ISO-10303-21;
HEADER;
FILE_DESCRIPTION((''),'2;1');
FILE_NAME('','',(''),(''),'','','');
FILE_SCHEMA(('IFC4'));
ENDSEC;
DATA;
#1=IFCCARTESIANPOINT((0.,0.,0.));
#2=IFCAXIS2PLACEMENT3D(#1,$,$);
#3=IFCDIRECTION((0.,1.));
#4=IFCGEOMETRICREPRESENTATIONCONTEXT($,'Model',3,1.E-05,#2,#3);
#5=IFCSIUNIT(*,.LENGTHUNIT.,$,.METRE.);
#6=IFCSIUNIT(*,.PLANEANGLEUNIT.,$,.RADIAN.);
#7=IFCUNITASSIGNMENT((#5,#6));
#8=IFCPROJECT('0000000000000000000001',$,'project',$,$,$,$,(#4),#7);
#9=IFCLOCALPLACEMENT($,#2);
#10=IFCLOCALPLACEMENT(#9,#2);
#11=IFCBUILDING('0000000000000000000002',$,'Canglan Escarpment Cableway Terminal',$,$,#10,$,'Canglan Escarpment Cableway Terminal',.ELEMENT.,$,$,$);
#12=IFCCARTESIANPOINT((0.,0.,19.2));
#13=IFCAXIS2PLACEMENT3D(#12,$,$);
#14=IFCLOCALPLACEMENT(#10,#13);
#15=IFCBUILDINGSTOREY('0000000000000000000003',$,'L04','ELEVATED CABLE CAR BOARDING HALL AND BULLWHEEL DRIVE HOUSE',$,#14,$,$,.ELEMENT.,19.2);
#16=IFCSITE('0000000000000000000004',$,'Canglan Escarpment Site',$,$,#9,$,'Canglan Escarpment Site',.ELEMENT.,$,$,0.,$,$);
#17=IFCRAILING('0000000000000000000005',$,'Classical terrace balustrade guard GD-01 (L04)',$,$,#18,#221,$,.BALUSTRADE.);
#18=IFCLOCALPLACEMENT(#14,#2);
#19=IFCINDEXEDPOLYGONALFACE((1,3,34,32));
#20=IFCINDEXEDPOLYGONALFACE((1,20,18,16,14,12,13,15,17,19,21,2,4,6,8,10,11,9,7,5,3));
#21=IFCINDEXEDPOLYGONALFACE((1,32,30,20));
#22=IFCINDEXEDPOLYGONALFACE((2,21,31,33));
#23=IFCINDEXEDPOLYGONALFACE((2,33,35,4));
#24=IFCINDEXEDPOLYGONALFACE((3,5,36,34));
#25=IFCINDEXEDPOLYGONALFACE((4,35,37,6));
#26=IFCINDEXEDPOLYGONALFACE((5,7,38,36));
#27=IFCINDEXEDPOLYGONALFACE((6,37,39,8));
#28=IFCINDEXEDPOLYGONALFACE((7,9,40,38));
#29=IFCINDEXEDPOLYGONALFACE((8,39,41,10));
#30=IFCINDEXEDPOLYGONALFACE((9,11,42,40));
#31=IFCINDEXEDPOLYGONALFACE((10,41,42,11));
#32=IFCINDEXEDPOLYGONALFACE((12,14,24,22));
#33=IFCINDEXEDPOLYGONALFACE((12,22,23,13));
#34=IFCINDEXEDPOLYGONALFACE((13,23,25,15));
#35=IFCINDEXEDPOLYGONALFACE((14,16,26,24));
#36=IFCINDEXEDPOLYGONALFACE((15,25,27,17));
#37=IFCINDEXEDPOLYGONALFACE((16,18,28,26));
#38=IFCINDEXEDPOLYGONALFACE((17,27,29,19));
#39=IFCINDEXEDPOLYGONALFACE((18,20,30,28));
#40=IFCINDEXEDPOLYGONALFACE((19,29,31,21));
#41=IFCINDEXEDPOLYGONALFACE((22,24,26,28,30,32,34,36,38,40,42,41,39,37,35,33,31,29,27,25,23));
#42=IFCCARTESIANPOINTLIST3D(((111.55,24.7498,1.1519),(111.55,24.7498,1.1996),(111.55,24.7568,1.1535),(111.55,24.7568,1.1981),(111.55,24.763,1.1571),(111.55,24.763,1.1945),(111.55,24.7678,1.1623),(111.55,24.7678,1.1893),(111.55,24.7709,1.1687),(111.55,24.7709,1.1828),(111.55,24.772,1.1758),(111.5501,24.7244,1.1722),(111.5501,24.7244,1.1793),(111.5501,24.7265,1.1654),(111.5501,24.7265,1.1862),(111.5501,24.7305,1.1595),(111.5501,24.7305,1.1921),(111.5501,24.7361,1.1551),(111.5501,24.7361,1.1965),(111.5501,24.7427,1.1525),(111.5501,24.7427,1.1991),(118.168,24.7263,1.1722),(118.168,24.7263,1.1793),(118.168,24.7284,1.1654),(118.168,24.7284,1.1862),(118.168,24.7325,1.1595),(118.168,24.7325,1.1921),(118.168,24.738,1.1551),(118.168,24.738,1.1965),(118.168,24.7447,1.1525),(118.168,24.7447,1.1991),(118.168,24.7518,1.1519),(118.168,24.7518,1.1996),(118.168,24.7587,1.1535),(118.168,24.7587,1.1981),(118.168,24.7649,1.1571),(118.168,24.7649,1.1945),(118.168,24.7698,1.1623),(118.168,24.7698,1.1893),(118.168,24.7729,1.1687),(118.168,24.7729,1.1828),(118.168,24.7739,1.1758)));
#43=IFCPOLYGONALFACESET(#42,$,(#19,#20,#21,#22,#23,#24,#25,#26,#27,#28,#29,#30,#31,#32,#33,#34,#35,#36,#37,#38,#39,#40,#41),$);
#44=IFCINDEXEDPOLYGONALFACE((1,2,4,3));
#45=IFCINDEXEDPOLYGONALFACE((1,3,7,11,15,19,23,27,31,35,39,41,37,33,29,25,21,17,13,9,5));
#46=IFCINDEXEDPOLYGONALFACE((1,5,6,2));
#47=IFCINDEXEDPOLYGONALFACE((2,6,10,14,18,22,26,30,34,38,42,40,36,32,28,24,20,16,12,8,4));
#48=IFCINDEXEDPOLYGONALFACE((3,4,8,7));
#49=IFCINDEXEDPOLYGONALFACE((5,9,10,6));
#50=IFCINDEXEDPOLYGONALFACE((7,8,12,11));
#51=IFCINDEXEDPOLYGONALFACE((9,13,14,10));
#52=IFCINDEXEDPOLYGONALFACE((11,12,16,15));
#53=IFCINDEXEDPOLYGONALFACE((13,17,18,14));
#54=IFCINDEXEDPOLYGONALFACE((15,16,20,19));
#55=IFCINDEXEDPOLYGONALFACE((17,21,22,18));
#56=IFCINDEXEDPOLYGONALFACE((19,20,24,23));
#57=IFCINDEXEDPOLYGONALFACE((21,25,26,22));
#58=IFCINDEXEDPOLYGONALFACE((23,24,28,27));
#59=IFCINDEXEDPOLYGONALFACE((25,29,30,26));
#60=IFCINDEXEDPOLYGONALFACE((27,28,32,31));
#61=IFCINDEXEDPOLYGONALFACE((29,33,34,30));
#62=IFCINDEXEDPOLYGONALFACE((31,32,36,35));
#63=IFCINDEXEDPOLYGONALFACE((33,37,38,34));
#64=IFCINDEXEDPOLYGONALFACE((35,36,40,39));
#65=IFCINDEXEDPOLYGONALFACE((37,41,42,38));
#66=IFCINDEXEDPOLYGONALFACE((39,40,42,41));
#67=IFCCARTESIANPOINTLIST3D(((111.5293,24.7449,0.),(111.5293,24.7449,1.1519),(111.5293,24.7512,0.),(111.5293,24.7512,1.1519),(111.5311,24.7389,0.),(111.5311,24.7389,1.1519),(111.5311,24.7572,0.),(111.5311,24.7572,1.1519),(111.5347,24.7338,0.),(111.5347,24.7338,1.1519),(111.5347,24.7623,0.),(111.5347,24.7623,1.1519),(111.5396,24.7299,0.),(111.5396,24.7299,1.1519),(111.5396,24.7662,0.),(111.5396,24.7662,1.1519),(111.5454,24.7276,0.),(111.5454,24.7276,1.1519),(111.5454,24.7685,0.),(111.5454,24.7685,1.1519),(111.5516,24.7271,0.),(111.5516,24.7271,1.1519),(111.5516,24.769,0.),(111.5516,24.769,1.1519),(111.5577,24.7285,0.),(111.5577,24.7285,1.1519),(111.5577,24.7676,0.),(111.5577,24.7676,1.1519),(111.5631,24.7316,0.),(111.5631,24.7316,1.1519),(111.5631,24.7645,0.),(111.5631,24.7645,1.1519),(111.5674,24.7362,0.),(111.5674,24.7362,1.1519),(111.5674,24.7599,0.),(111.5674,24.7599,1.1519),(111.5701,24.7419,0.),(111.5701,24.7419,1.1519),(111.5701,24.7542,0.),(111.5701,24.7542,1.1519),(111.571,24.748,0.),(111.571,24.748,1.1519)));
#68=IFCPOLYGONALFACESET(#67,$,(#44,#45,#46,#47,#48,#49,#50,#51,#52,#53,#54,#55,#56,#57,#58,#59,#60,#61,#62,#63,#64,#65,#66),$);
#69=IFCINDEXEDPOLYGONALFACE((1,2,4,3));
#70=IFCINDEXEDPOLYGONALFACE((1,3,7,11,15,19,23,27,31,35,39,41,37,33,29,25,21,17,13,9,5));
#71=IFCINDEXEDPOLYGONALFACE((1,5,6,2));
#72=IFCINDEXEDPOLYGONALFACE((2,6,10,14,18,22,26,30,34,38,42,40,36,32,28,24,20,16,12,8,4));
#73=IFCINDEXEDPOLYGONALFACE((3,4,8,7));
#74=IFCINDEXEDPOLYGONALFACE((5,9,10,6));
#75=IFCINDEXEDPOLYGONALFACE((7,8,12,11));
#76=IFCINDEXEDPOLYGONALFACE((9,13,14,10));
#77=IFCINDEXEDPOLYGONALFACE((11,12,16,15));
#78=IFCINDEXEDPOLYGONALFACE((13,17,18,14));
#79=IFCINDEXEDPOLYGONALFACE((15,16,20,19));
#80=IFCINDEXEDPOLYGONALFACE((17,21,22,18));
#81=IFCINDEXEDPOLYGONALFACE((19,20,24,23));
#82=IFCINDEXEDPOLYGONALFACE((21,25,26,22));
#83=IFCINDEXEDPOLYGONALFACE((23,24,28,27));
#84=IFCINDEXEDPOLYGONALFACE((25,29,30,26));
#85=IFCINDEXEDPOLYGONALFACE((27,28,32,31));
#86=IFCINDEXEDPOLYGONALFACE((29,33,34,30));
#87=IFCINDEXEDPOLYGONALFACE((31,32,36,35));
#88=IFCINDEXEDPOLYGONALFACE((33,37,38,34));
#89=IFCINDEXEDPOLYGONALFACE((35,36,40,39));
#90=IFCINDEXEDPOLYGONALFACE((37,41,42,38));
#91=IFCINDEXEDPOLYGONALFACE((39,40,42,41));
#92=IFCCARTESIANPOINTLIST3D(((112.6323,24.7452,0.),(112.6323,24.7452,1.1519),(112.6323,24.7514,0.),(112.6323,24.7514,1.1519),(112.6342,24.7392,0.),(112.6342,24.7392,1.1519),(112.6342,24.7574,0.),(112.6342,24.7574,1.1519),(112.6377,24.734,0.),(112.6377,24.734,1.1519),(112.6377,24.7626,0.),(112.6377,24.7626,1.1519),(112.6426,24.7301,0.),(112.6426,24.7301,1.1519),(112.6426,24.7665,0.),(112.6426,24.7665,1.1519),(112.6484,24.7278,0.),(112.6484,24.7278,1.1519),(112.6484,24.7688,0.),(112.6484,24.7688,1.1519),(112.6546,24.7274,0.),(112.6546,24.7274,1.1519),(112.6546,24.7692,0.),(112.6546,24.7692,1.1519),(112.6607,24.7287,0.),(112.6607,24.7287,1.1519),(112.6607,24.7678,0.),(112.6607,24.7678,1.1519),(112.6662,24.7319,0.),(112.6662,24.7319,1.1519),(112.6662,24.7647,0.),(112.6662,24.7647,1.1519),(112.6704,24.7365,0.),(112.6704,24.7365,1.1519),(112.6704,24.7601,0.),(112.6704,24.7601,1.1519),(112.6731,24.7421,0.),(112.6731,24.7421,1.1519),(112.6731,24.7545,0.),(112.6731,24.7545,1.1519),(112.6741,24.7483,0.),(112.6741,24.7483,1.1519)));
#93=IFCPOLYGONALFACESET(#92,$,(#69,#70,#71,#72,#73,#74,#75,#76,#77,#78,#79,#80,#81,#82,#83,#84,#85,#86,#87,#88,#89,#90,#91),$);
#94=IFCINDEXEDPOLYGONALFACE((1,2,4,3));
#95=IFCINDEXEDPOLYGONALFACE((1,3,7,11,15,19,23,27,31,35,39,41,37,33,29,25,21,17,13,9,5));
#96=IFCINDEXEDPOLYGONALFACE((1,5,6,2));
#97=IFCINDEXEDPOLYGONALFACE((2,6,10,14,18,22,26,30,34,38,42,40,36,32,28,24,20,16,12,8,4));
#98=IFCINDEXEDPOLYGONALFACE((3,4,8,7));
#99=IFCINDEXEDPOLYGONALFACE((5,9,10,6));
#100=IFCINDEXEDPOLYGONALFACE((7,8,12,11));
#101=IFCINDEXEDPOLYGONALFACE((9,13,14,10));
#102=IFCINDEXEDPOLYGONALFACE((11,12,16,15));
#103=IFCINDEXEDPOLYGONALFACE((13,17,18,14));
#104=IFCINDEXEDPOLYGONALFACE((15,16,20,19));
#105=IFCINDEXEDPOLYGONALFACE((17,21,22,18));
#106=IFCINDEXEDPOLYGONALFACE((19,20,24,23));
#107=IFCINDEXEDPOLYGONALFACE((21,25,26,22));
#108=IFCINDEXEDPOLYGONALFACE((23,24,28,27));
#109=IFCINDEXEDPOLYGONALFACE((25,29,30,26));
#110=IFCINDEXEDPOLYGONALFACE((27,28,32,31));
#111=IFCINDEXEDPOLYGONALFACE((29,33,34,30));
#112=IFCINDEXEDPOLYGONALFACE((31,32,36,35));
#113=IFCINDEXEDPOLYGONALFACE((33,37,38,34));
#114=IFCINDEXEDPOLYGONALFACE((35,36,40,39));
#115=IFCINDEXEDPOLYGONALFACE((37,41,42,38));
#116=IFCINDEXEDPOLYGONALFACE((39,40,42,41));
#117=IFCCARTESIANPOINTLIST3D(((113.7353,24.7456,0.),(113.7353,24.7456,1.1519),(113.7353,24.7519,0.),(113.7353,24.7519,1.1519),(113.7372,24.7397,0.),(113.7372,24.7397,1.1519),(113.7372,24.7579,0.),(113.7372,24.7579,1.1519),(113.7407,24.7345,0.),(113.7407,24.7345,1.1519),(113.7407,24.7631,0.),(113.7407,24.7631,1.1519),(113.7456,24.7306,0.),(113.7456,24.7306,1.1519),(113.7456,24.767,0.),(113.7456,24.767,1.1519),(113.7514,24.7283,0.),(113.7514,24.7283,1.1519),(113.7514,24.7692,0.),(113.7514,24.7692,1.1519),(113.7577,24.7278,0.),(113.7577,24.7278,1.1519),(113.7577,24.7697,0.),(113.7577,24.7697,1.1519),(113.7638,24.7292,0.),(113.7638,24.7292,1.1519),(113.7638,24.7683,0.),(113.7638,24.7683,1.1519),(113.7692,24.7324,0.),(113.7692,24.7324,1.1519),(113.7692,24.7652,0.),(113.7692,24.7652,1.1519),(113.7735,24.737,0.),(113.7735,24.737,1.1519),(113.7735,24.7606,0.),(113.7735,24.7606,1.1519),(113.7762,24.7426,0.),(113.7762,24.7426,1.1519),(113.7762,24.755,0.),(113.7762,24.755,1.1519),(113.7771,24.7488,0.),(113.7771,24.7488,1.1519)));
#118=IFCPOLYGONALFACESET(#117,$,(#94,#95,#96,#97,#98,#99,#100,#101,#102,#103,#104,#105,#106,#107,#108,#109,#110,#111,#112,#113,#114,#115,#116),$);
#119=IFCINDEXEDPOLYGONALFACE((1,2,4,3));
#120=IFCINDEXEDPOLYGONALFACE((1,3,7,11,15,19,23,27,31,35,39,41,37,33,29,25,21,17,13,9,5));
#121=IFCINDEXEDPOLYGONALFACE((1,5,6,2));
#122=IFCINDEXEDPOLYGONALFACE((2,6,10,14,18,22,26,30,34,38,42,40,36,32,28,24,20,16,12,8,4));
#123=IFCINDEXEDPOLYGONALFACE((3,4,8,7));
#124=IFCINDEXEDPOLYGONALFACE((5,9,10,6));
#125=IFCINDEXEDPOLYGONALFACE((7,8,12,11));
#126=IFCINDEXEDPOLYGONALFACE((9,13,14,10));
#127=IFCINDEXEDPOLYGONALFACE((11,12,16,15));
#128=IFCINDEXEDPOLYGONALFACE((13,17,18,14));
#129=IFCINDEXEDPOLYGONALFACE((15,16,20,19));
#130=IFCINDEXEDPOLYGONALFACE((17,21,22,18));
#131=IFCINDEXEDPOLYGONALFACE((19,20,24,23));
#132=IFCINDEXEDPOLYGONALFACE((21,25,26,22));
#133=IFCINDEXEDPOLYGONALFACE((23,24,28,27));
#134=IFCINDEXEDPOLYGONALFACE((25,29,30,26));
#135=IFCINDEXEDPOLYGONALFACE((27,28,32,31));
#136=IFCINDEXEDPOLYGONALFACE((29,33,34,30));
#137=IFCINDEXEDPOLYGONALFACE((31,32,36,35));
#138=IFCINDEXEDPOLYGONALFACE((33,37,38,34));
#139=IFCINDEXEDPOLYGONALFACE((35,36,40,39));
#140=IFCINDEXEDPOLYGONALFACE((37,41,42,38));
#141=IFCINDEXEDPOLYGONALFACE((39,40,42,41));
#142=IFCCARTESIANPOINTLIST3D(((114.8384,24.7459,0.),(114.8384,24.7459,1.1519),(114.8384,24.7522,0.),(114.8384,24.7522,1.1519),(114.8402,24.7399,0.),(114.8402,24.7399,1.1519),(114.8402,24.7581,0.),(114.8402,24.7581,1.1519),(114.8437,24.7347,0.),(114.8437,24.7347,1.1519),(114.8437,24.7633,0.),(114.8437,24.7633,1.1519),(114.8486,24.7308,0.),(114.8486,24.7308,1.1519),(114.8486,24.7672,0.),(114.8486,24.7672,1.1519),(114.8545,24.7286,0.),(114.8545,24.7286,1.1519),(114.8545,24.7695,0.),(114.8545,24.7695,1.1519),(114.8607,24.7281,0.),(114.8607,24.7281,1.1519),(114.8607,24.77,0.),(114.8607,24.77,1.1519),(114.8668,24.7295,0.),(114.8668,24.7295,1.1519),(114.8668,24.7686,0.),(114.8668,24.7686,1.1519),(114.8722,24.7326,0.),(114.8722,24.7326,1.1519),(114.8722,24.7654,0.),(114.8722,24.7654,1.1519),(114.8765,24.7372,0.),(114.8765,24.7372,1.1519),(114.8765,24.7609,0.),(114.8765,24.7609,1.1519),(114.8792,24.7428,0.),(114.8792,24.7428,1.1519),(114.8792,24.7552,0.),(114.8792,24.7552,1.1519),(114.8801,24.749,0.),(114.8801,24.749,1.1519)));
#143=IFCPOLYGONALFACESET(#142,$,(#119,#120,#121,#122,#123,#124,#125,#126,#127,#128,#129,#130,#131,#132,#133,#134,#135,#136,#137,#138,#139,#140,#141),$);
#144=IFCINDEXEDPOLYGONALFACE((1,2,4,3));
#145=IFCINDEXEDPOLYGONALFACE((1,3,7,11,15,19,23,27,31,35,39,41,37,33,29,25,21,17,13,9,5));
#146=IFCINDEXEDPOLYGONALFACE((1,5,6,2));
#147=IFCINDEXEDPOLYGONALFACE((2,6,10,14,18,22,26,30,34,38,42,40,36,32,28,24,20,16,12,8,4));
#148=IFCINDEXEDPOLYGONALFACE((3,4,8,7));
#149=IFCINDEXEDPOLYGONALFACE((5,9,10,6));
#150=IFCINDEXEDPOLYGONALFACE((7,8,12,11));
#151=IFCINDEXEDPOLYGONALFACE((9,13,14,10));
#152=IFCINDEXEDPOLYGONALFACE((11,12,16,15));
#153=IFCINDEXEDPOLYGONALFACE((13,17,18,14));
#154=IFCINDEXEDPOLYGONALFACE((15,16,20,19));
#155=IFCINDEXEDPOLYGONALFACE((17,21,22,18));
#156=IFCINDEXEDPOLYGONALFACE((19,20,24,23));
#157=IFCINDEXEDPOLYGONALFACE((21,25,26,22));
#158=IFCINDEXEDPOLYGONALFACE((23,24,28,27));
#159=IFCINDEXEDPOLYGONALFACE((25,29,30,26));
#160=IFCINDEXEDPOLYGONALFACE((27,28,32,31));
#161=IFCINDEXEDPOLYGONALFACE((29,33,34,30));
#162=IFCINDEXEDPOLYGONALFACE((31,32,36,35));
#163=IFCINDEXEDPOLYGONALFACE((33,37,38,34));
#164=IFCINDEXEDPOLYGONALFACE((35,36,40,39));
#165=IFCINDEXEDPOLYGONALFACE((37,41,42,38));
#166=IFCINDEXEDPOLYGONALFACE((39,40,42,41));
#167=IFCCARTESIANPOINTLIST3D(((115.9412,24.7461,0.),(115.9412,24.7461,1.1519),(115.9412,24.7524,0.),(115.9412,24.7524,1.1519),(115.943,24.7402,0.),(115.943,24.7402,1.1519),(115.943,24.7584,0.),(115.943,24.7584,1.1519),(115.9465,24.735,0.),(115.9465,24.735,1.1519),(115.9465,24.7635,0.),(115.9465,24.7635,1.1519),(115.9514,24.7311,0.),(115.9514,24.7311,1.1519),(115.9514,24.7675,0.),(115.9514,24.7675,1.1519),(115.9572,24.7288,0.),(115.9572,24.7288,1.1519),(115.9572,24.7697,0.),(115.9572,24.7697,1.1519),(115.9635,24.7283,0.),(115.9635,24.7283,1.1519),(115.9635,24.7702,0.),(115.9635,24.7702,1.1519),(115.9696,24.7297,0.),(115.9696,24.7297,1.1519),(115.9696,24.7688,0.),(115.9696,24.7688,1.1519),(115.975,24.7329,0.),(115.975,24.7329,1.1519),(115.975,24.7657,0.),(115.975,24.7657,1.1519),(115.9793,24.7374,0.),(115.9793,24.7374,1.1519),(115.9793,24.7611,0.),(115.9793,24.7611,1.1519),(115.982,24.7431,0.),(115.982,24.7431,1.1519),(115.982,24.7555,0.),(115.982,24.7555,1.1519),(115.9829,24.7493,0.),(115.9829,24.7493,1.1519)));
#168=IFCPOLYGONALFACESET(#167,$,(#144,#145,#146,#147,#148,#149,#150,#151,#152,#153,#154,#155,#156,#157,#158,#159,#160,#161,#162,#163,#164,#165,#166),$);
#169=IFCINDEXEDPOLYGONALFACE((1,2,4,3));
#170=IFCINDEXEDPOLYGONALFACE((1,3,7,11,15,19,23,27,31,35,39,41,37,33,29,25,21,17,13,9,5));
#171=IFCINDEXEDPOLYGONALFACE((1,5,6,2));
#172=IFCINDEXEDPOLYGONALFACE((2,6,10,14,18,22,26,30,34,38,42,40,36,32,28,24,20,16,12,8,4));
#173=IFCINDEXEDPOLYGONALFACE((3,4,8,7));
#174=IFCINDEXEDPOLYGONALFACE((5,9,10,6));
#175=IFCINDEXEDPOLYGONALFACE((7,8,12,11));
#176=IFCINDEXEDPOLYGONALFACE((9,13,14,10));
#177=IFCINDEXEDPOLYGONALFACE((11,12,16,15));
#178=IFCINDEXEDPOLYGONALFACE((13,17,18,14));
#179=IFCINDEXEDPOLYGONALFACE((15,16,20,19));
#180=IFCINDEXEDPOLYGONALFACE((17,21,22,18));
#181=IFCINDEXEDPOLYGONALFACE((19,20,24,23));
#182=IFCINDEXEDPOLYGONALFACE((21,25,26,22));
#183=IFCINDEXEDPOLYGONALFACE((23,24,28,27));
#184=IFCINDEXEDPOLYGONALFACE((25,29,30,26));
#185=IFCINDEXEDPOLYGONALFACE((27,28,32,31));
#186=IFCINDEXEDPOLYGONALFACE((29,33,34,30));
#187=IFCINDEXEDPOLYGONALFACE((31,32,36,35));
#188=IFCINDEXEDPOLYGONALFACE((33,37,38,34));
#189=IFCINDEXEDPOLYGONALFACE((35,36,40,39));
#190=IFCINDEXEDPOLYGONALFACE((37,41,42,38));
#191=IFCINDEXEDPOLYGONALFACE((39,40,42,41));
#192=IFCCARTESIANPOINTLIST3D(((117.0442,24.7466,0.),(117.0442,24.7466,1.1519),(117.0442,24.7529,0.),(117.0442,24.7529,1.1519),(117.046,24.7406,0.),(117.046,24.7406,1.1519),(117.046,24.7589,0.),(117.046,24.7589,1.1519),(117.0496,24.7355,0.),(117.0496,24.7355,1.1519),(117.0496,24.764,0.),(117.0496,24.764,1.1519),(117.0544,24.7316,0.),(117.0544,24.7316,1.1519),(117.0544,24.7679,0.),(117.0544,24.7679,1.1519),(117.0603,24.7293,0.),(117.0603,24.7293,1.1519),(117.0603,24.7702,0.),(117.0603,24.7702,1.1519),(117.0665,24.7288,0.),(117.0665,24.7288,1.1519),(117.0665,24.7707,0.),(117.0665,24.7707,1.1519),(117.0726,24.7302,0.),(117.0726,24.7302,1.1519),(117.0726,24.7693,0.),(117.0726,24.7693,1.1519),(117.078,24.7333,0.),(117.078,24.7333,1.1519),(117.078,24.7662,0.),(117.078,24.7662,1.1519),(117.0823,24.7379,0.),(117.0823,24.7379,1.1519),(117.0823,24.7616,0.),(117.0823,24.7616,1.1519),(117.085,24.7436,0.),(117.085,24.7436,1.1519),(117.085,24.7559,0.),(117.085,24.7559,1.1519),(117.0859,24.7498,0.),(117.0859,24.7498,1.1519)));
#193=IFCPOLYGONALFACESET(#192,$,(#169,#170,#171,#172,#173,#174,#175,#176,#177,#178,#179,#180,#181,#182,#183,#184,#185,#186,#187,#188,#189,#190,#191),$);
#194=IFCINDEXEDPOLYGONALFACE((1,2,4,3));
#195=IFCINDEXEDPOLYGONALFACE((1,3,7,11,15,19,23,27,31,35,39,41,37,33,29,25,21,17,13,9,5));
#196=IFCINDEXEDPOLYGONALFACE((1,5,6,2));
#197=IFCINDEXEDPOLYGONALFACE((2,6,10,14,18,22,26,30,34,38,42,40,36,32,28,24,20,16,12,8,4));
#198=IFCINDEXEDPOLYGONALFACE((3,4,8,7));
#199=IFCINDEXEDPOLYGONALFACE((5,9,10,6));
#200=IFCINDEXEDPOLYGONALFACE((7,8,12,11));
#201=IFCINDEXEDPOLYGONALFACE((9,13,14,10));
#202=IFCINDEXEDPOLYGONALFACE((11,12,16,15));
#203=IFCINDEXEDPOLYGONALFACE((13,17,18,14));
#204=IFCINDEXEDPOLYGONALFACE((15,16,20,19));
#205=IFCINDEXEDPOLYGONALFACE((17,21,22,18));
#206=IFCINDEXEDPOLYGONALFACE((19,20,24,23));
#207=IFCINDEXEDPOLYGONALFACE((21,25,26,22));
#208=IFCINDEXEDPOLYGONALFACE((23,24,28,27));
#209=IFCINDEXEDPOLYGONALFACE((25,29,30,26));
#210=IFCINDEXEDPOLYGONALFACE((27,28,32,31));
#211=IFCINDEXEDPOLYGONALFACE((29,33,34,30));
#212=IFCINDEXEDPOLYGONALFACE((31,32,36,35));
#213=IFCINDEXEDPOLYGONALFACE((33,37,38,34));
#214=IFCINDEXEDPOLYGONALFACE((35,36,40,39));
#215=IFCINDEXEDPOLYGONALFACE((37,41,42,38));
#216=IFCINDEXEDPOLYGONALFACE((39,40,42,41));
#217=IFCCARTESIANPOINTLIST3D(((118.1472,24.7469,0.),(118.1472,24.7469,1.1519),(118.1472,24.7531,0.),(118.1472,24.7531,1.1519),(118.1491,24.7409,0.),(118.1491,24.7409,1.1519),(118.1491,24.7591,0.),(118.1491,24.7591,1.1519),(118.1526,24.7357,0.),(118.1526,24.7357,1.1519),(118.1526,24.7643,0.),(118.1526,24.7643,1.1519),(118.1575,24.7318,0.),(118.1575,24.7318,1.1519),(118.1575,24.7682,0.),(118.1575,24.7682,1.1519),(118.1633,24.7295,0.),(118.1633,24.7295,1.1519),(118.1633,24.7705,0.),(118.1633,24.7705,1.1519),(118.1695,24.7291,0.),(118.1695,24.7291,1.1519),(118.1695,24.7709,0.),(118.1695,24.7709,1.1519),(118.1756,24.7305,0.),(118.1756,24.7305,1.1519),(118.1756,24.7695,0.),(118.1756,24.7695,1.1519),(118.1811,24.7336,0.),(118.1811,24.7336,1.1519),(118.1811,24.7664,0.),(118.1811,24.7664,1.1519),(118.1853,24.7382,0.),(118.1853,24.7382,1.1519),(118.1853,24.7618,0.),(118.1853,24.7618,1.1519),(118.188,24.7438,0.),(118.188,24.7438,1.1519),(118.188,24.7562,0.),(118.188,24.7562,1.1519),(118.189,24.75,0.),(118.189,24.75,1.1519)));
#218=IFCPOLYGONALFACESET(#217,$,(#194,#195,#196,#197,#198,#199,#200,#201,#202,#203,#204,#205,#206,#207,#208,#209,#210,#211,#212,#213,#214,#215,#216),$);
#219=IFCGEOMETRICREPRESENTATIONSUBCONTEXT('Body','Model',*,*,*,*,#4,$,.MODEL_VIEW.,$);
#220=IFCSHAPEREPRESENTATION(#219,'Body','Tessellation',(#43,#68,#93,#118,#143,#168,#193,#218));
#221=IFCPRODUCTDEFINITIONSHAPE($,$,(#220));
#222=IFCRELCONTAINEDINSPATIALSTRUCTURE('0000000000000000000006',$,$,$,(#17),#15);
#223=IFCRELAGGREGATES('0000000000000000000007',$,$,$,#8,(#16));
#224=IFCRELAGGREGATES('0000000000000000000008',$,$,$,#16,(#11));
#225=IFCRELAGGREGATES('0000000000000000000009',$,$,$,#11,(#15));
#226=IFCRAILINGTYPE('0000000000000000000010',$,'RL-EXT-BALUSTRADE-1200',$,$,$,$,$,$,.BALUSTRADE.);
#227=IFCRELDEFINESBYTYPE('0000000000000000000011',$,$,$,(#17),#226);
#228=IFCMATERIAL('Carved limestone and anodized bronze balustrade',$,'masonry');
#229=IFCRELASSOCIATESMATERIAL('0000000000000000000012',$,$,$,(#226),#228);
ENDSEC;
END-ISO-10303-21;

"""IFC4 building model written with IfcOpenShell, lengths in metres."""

from ifc_helpers import new_model, si_unit, direction, frame, origin, origin_2d, place, context, subcontext, project, spatial, circle, extrude, material, type_object, element, save


model = new_model("IFC4")

# Units and contexts
model_context = context("Model", 3, precision=1e-05, world=origin(), true_north=direction((0.0, 1.0)))
body_context = subcontext(model_context, "Body", "Model", "MODEL_VIEW")
ifc_project = project(units=[si_unit("LENGTHUNIT", "METRE"), si_unit("PLANEANGLEUNIT", "RADIAN")], contexts=[model_context])

# Site, building, storey
site_placement = place(None, origin())
site = spatial("IfcSite", under=ifc_project, at=site_placement, Name="Canglan Escarpment Site", LongName="Canglan Escarpment Site", CompositionType="ELEMENT", RefElevation=0.0)
building_placement = place(site_placement, origin())
building = spatial("IfcBuilding", under=site, at=building_placement, Name="Canglan Escarpment Cableway Terminal", LongName="Canglan Escarpment Cableway Terminal", CompositionType="ELEMENT")
storey_placement = place(building_placement, frame((0.0, 0.0, 19.2)))
storey = spatial("IfcBuildingStorey", under=building, at=storey_placement, Name="L04", Description="ELEVATED CABLE CAR BOARDING HALL AND BULLWHEEL DRIVE HOUSE", CompositionType="ELEMENT", Elevation=19.2)

# Railing
ifc_material_1 = material(Name="Carved limestone and anodized bronze balustrade", Category="masonry")
railing_type = type_object("IfcRailingType", Name="RL-EXT-BALUSTRADE-1200", PredefinedType="BALUSTRADE", material=ifc_material_1)
railing_1_placement = place(storey_placement, frame((111.55, 24.748, 0.0)))
element("IfcRailing", 1, at=railing_1_placement, inside=storey, type_object=railing_type, Name="Classical terrace balustrade guard GD-01 (L04)", PredefinedType="BALUSTRADE", context=body_context, shape_type="SweptSolid", body=[
    extrude(circle(Radius=0.0239, at=origin_2d()), frame((0.0, 0.0, 1.1758), z_axis=(1.0, 0.000295, 0.0), x_axis=(-0.000295, 1.0, 0.0)), (0.0, 0.0, 1.0), 6.6179),
    extrude(circle(Radius=0.021, at=origin_2d()), origin(), (0.0, 0.0, 1.0), 1.1519),
    extrude(circle(Radius=0.021, at=origin_2d()), frame((1.103, 0.0002, 0.0)), (0.0, 0.0, 1.0), 1.1519),
    extrude(circle(Radius=0.021, at=origin_2d()), frame((2.2061, 0.0007, 0.0)), (0.0, 0.0, 1.0), 1.1519),
    extrude(circle(Radius=0.021, at=origin_2d()), frame((3.3091, 0.001, 0.0)), (0.0, 0.0, 1.0), 1.1519),
    extrude(circle(Radius=0.021, at=origin_2d()), frame((4.4119, 0.0012, 0.0)), (0.0, 0.0, 1.0), 1.1519),
    extrude(circle(Radius=0.021, at=origin_2d()), frame((5.5149, 0.0017, 0.0)), (0.0, 0.0, 1.0), 1.1519),
    extrude(circle(Radius=0.021, at=origin_2d()), frame((6.6179, 0.002, 0.0)), (0.0, 0.0, 1.0), 1.1519),
])

save(model, "model.ifc")
